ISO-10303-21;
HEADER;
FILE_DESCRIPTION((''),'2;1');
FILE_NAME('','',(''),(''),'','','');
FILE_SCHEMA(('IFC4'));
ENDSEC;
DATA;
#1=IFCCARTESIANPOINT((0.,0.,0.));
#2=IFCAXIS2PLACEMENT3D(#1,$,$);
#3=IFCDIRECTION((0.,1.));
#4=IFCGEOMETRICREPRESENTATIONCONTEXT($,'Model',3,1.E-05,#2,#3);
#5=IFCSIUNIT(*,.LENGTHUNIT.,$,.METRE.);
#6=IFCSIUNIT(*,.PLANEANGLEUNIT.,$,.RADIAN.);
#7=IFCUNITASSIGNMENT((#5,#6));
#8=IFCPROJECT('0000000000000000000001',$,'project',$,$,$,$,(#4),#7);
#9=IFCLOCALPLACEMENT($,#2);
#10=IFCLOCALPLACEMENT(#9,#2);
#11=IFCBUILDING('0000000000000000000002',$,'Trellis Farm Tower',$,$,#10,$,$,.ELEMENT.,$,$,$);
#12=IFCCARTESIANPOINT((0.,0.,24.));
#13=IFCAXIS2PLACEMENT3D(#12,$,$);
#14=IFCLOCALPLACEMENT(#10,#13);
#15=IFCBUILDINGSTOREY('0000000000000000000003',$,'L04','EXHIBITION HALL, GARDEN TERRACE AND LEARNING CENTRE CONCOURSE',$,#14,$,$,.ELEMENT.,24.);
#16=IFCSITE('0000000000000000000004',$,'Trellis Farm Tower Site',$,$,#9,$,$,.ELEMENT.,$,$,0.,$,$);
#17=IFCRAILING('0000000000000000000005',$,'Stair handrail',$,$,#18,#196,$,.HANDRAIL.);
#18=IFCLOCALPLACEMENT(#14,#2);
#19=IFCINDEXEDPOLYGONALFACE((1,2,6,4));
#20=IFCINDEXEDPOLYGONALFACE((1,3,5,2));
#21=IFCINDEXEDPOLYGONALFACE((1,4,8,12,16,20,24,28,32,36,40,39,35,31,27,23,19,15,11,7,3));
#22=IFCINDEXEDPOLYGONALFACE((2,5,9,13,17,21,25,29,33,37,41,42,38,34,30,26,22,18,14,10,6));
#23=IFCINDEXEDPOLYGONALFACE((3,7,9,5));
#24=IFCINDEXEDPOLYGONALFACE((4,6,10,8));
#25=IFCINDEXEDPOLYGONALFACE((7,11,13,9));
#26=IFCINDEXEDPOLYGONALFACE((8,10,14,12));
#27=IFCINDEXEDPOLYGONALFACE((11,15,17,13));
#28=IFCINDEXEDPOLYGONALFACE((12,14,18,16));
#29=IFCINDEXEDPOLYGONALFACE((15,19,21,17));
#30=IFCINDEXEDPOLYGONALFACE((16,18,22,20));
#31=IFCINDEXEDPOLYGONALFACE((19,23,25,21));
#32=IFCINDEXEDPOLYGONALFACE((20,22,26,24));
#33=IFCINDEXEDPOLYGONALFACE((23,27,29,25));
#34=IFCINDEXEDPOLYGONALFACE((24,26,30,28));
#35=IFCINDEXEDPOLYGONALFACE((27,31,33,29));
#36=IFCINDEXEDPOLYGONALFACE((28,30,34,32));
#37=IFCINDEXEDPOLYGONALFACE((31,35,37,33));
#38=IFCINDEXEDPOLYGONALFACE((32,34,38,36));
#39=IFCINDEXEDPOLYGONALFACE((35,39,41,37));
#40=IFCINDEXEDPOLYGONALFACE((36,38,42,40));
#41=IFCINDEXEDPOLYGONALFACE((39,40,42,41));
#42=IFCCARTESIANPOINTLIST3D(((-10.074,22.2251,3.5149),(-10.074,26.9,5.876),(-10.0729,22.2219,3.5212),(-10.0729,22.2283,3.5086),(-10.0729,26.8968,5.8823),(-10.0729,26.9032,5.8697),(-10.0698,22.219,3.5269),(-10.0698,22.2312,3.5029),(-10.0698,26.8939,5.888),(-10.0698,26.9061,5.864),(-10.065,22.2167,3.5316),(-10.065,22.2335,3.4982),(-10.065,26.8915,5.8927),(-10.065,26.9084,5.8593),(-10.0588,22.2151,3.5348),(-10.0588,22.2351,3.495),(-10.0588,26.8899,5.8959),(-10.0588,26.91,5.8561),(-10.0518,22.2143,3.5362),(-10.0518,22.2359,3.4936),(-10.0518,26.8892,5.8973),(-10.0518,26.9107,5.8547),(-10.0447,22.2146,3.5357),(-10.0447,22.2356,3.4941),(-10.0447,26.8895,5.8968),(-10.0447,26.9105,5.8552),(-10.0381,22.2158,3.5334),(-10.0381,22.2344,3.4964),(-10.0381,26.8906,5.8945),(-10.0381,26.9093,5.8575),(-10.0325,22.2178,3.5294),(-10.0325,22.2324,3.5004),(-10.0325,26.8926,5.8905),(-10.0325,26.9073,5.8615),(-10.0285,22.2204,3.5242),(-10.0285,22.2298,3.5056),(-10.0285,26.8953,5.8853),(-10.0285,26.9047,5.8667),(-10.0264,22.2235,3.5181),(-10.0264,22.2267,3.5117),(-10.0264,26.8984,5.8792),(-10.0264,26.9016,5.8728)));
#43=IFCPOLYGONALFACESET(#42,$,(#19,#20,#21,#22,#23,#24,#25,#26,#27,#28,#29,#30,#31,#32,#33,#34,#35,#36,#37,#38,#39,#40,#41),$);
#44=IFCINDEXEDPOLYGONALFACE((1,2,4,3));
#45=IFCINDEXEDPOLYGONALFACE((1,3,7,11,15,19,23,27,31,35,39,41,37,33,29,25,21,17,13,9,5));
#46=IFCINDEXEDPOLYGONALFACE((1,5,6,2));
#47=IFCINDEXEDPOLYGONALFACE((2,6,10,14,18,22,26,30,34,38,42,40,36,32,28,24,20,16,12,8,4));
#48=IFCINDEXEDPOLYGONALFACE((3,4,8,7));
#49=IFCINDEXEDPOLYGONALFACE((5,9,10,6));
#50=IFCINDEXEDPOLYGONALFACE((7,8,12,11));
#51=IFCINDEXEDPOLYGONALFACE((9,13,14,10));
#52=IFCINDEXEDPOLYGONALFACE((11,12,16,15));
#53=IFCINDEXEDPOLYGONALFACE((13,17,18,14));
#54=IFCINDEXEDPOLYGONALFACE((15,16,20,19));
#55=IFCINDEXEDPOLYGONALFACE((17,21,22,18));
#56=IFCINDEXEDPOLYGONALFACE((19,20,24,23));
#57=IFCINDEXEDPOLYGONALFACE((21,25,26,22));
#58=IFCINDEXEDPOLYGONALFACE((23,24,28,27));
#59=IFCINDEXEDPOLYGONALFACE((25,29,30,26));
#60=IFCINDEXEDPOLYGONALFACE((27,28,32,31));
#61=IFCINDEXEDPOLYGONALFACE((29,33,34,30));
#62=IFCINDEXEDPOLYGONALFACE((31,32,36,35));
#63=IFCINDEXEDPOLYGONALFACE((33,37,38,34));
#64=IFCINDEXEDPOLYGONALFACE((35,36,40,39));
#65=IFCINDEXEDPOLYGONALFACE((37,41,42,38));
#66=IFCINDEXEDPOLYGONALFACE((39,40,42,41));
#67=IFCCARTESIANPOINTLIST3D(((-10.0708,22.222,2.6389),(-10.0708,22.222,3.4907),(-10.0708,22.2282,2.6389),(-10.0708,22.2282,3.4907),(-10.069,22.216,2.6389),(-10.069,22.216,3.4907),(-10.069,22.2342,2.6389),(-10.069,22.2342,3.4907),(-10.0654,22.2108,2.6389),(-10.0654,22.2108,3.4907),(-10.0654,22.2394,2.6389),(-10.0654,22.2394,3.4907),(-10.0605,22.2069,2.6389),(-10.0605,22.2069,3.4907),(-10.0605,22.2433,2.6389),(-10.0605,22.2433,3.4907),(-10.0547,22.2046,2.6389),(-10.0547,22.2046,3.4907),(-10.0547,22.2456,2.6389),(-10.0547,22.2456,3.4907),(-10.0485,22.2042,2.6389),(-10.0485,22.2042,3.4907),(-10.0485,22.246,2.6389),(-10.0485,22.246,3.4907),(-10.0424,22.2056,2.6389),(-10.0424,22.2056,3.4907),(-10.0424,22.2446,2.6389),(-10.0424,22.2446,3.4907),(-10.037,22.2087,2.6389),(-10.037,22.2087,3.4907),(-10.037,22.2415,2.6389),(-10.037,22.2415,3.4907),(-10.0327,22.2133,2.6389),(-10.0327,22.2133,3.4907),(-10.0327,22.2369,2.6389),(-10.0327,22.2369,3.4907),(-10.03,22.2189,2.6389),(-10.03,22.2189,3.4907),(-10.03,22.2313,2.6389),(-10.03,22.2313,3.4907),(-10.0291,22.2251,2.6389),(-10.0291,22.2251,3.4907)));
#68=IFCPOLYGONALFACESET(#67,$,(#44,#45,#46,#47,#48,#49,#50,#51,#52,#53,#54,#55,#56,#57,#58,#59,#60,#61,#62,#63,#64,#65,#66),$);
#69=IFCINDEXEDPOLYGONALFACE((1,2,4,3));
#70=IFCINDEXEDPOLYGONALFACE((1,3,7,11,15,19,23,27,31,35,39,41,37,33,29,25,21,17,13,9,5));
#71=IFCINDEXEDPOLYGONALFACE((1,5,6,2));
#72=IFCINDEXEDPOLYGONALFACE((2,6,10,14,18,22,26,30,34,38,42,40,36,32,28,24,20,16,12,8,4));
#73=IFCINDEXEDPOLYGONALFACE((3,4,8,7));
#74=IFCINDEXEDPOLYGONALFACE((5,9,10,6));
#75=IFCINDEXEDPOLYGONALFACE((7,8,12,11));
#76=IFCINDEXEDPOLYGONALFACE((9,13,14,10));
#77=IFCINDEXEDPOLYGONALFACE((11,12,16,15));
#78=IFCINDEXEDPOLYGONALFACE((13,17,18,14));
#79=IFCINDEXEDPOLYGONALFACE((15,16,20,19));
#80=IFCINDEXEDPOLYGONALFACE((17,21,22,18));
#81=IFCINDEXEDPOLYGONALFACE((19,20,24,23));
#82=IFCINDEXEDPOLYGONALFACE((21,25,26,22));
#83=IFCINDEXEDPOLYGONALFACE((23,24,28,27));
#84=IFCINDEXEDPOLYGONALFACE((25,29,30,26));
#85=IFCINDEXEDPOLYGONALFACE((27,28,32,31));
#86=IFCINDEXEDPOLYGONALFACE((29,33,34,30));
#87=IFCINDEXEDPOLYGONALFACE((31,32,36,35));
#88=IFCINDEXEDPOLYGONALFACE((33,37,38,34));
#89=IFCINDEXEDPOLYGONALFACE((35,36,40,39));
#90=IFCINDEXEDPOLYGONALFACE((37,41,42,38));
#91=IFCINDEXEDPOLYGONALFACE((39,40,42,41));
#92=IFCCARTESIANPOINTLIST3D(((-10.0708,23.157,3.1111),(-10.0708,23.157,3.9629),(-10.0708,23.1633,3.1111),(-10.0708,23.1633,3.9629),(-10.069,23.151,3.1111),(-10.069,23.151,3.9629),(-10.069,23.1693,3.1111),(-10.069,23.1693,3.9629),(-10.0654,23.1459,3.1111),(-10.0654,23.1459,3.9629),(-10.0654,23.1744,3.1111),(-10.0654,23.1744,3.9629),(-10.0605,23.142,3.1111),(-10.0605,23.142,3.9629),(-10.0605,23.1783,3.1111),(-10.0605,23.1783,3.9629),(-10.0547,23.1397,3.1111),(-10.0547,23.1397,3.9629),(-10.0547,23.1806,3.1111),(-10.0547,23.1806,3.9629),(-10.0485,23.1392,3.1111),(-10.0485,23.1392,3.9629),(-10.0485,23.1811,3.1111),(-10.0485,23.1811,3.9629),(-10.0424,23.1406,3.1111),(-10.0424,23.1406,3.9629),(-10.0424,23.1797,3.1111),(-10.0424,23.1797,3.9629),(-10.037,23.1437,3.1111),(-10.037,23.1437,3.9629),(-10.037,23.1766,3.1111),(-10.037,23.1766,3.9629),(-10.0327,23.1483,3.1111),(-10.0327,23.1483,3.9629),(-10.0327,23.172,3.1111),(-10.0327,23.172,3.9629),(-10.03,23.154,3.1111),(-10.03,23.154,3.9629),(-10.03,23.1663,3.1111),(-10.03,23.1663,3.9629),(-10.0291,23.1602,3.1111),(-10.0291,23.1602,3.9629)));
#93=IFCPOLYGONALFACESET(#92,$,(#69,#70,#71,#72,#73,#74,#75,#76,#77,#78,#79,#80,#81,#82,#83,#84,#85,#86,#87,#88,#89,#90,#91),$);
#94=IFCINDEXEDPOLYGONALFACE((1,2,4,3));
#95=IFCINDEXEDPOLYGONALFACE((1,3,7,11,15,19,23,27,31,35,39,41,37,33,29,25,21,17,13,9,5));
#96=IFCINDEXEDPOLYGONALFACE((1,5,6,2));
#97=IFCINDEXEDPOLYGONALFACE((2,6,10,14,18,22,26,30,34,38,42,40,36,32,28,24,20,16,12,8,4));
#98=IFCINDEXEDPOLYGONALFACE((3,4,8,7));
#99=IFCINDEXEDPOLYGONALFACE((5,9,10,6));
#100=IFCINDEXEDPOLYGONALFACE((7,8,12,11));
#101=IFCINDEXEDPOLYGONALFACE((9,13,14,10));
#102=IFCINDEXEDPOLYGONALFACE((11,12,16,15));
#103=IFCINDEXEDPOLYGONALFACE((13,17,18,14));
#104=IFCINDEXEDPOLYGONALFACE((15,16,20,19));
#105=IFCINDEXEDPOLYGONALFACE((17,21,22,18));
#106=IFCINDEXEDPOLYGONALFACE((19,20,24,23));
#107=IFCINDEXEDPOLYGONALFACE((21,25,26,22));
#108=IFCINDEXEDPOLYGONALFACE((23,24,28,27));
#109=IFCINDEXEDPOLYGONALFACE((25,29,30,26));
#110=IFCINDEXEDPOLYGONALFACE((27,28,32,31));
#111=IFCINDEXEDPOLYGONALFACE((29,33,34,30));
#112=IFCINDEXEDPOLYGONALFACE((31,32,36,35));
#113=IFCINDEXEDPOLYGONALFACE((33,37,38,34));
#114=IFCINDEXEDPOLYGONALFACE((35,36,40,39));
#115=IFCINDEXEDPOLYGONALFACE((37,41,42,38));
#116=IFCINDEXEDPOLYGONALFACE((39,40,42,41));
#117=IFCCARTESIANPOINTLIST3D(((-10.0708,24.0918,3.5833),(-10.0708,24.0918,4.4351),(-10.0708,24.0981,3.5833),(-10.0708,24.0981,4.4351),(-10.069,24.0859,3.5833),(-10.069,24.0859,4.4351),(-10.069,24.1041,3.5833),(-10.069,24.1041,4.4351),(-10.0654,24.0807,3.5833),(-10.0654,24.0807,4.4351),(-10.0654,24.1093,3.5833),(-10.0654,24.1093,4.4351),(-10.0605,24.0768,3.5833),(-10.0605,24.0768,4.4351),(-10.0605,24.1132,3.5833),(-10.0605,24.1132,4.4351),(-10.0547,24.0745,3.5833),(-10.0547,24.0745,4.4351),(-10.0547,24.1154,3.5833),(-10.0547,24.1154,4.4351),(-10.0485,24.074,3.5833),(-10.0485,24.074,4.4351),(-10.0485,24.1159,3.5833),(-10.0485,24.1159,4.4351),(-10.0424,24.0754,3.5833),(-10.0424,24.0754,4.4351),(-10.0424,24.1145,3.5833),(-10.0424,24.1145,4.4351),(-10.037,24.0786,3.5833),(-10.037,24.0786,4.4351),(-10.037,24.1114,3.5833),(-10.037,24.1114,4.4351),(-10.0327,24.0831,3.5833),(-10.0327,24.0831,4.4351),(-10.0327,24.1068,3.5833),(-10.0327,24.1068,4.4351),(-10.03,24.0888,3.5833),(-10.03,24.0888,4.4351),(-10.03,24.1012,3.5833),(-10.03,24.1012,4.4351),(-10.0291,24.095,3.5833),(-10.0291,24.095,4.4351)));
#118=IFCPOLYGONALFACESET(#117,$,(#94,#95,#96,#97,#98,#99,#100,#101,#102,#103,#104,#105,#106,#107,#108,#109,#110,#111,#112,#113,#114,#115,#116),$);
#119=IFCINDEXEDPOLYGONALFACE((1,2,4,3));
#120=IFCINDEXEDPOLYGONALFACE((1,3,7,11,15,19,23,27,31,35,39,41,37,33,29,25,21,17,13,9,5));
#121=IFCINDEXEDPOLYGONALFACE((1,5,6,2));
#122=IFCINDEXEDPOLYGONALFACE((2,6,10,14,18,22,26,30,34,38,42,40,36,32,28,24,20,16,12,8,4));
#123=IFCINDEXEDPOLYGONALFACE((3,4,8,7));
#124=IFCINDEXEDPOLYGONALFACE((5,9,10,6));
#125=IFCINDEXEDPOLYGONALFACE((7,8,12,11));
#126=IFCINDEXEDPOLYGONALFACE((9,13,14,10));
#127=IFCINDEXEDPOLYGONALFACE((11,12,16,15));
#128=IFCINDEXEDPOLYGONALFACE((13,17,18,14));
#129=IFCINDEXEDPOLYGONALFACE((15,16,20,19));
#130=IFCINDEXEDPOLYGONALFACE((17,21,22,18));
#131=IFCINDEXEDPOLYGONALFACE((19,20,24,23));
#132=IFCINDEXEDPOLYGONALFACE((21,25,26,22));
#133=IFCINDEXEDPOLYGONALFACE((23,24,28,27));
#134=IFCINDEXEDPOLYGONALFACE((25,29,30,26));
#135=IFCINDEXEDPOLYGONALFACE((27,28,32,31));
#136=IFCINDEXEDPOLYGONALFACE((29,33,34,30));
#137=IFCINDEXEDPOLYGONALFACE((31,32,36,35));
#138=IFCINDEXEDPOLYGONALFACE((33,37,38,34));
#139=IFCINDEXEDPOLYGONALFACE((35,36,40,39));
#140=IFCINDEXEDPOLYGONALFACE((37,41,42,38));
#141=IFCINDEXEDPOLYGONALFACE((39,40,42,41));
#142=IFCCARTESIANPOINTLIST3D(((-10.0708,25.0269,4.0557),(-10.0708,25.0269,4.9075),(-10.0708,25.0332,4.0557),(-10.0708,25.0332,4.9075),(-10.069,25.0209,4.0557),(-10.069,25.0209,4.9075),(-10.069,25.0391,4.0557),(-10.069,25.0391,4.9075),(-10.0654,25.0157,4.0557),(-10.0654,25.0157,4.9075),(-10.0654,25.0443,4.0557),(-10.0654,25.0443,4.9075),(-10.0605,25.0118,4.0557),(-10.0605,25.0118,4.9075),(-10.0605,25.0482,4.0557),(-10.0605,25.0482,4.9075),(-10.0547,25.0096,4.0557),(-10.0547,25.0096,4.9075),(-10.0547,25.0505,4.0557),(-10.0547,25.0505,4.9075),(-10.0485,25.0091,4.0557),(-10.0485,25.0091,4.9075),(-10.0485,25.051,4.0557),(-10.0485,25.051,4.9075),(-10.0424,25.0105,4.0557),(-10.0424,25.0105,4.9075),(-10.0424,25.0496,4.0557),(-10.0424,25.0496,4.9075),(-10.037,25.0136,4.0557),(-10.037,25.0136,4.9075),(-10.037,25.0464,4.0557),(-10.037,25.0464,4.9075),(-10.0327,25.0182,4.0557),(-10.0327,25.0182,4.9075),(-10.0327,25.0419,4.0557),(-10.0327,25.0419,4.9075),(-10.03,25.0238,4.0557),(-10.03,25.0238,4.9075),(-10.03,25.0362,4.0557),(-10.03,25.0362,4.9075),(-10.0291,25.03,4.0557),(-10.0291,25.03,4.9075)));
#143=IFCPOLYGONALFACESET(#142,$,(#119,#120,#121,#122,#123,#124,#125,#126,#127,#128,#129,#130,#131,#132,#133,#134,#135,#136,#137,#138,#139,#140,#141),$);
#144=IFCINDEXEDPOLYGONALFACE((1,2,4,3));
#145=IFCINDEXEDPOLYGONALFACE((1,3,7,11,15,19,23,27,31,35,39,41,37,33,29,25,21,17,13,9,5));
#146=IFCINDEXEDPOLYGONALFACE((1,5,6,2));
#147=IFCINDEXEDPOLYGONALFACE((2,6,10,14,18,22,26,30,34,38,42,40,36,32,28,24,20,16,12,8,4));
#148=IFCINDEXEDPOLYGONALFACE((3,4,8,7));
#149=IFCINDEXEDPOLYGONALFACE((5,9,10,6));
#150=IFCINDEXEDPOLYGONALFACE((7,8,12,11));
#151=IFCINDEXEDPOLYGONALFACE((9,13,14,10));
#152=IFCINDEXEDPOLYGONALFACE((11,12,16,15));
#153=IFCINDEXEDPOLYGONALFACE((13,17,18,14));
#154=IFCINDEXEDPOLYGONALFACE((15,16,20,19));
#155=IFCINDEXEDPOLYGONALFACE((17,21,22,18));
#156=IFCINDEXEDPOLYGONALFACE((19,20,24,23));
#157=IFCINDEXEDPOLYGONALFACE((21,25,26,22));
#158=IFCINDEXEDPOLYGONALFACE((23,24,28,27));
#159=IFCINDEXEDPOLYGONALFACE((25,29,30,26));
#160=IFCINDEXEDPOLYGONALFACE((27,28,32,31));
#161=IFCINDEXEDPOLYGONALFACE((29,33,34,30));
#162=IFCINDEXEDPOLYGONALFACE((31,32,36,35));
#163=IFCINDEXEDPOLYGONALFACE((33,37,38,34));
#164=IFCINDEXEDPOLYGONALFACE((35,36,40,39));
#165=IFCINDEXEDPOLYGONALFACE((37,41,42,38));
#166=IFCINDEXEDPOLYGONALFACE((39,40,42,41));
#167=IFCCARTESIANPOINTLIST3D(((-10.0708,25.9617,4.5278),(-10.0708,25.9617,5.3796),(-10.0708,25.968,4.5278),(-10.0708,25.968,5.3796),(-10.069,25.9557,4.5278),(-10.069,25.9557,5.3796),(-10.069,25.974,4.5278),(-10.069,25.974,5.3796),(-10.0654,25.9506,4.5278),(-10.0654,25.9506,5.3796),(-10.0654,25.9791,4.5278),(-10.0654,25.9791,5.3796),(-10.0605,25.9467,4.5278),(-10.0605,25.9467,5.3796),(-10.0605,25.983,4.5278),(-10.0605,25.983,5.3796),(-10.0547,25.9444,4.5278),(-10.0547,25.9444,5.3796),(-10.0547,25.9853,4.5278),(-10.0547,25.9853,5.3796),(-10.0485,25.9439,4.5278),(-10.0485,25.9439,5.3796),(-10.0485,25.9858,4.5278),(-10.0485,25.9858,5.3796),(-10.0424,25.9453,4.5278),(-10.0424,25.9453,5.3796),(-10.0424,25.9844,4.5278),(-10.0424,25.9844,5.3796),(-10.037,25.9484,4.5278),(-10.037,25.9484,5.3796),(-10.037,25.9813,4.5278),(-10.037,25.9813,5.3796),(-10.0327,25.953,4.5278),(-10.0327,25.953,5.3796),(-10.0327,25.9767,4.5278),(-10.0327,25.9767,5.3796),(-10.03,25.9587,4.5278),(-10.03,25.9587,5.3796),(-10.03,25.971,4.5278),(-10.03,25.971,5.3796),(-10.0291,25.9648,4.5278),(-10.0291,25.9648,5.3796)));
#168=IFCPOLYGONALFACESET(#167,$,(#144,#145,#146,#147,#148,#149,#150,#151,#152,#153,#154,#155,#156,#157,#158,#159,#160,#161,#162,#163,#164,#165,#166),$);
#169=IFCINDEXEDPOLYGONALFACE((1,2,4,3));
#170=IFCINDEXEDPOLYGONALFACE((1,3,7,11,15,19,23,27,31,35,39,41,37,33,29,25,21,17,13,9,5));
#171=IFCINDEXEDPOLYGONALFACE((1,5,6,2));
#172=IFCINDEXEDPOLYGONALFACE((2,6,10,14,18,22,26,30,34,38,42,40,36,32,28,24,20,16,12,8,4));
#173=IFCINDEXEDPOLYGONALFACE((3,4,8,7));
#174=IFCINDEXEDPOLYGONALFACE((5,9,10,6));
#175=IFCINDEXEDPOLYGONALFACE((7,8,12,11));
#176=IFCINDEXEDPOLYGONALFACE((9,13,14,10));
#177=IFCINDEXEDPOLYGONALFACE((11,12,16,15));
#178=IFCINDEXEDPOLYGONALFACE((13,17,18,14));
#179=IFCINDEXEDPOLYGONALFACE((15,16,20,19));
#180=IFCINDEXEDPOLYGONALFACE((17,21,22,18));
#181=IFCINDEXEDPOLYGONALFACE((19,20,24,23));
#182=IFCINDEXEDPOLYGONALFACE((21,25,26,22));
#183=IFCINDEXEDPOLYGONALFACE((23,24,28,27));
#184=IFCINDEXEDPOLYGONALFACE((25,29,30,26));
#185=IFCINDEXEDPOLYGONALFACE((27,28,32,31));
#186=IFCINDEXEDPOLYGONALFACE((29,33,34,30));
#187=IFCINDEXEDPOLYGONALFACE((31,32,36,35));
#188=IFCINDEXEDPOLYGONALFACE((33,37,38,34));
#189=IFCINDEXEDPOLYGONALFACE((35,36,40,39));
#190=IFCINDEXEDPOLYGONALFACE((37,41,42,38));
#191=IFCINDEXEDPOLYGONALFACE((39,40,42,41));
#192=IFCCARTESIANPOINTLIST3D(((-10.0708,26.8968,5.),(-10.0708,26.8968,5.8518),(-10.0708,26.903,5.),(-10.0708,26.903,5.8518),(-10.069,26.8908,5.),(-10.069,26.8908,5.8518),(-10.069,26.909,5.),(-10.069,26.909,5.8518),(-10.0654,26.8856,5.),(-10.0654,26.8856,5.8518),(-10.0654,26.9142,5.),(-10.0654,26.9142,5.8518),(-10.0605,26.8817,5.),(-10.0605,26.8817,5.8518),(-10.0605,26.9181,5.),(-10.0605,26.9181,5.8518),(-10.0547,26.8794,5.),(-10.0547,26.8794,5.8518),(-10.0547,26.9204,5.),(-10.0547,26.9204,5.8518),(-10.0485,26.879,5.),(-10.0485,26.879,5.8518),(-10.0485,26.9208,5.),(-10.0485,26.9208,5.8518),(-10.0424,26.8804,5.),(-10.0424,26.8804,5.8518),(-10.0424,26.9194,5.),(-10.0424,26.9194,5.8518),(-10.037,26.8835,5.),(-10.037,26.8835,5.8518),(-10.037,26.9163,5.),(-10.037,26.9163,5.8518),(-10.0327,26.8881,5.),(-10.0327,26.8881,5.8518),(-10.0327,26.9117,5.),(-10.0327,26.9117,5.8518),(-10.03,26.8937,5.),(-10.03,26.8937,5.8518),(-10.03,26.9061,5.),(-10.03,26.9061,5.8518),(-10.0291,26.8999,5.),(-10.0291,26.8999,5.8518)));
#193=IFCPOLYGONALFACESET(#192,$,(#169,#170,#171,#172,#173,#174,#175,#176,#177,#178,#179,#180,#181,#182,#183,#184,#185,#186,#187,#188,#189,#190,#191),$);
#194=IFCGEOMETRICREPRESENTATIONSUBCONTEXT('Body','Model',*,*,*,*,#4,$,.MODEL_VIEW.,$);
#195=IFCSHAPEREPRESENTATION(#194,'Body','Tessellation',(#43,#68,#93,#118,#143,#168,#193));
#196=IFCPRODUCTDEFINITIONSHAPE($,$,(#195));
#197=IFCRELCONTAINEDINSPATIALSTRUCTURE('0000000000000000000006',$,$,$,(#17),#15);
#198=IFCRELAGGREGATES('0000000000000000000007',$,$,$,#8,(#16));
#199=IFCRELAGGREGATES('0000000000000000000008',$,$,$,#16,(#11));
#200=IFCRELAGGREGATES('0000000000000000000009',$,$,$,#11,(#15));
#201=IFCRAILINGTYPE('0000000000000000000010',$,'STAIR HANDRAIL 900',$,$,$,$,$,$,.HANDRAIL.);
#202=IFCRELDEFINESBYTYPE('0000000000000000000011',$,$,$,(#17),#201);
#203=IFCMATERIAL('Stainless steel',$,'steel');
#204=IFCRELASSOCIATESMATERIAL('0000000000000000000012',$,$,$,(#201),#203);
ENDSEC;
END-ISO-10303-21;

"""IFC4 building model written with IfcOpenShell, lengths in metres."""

from ifc_helpers import new_model, si_unit, direction, frame, origin, origin_2d, place, context, subcontext, project, spatial, circle, extrude, source, transform, mapped, material, type_object, element, save


model = new_model("IFC4")

# Units and contexts
model_context = context("Model", 3, precision=1e-05, world=origin(), true_north=direction((0.0, 1.0)))
body_context = subcontext(model_context, "Body", "Model", "MODEL_VIEW")
ifc_project = project(units=[si_unit("LENGTHUNIT", "METRE"), si_unit("PLANEANGLEUNIT", "RADIAN")], contexts=[model_context])

# Site, building, storey
site_placement = place(None, origin())
site = spatial("IfcSite", under=ifc_project, at=site_placement, Name="Trellis Farm Tower Site", CompositionType="ELEMENT", RefElevation=0.0)
building_placement = place(site_placement, origin())
building = spatial("IfcBuilding", under=site, at=building_placement, Name="Trellis Farm Tower", CompositionType="ELEMENT")
storey_placement = place(building_placement, frame((0.0, 0.0, 24.0)))
storey = spatial("IfcBuildingStorey", under=building, at=storey_placement, Name="L04", Description="EXHIBITION HALL, GARDEN TERRACE AND LEARNING CENTRE CONCOURSE", CompositionType="ELEMENT", Elevation=24.0)

# Railing
ifc_material_1 = material(Name="Stainless steel", Category="steel")
railing_type = type_object("IfcRailingType", Name="STAIR HANDRAIL 900", PredefinedType="HANDRAIL", material=ifc_material_1)
shared_shape_1 = source(origin(), body_context, "Body", "SweptSolid", [
    extrude(circle(Radius=0.0239, at=origin_2d()), frame((0.0, 0.0, 0.876), z_axis=(0.0, 0.892611, 0.450827), x_axis=(-1.0, 0.0, 0.0)), (0.0, 0.0, 1.0), 5.2373),
    extrude(circle(Radius=0.021, at=origin_2d()), origin(), (0.0, 0.0, 1.0), 0.8518),
    extrude(circle(Radius=0.021, at=origin_2d()), frame((0.0, 0.9351, 0.4722)), (0.0, 0.0, 1.0), 0.8518),
    extrude(circle(Radius=0.021, at=origin_2d()), frame((0.0, 1.8699, 0.9443)), (0.0, 0.0, 1.0), 0.8518),
    extrude(circle(Radius=0.021, at=origin_2d()), frame((0.0, 2.8049, 1.4167)), (0.0, 0.0, 1.0), 0.8518),
    extrude(circle(Radius=0.021, at=origin_2d()), frame((0.0, 3.7397, 1.8889)), (0.0, 0.0, 1.0), 0.8518),
    extrude(circle(Radius=0.021, at=origin_2d()), frame((0.0, 4.6748, 2.3611)), (0.0, 0.0, 1.0), 0.8518),
])
for number, where, name in (
    (1, (-10.05, 22.2251, 2.6389), "Stair handrail"),
):
    element("IfcRailing", number, at=place(storey_placement, frame(where)), inside=storey, type_object=railing_type, Name=name, PredefinedType="HANDRAIL", context=body_context, shape_type="MappedRepresentation", body=[
        mapped(shared_shape_1, transform((0.0, 0.0, 0.0))),
    ])

save(model, "model.ifc")
